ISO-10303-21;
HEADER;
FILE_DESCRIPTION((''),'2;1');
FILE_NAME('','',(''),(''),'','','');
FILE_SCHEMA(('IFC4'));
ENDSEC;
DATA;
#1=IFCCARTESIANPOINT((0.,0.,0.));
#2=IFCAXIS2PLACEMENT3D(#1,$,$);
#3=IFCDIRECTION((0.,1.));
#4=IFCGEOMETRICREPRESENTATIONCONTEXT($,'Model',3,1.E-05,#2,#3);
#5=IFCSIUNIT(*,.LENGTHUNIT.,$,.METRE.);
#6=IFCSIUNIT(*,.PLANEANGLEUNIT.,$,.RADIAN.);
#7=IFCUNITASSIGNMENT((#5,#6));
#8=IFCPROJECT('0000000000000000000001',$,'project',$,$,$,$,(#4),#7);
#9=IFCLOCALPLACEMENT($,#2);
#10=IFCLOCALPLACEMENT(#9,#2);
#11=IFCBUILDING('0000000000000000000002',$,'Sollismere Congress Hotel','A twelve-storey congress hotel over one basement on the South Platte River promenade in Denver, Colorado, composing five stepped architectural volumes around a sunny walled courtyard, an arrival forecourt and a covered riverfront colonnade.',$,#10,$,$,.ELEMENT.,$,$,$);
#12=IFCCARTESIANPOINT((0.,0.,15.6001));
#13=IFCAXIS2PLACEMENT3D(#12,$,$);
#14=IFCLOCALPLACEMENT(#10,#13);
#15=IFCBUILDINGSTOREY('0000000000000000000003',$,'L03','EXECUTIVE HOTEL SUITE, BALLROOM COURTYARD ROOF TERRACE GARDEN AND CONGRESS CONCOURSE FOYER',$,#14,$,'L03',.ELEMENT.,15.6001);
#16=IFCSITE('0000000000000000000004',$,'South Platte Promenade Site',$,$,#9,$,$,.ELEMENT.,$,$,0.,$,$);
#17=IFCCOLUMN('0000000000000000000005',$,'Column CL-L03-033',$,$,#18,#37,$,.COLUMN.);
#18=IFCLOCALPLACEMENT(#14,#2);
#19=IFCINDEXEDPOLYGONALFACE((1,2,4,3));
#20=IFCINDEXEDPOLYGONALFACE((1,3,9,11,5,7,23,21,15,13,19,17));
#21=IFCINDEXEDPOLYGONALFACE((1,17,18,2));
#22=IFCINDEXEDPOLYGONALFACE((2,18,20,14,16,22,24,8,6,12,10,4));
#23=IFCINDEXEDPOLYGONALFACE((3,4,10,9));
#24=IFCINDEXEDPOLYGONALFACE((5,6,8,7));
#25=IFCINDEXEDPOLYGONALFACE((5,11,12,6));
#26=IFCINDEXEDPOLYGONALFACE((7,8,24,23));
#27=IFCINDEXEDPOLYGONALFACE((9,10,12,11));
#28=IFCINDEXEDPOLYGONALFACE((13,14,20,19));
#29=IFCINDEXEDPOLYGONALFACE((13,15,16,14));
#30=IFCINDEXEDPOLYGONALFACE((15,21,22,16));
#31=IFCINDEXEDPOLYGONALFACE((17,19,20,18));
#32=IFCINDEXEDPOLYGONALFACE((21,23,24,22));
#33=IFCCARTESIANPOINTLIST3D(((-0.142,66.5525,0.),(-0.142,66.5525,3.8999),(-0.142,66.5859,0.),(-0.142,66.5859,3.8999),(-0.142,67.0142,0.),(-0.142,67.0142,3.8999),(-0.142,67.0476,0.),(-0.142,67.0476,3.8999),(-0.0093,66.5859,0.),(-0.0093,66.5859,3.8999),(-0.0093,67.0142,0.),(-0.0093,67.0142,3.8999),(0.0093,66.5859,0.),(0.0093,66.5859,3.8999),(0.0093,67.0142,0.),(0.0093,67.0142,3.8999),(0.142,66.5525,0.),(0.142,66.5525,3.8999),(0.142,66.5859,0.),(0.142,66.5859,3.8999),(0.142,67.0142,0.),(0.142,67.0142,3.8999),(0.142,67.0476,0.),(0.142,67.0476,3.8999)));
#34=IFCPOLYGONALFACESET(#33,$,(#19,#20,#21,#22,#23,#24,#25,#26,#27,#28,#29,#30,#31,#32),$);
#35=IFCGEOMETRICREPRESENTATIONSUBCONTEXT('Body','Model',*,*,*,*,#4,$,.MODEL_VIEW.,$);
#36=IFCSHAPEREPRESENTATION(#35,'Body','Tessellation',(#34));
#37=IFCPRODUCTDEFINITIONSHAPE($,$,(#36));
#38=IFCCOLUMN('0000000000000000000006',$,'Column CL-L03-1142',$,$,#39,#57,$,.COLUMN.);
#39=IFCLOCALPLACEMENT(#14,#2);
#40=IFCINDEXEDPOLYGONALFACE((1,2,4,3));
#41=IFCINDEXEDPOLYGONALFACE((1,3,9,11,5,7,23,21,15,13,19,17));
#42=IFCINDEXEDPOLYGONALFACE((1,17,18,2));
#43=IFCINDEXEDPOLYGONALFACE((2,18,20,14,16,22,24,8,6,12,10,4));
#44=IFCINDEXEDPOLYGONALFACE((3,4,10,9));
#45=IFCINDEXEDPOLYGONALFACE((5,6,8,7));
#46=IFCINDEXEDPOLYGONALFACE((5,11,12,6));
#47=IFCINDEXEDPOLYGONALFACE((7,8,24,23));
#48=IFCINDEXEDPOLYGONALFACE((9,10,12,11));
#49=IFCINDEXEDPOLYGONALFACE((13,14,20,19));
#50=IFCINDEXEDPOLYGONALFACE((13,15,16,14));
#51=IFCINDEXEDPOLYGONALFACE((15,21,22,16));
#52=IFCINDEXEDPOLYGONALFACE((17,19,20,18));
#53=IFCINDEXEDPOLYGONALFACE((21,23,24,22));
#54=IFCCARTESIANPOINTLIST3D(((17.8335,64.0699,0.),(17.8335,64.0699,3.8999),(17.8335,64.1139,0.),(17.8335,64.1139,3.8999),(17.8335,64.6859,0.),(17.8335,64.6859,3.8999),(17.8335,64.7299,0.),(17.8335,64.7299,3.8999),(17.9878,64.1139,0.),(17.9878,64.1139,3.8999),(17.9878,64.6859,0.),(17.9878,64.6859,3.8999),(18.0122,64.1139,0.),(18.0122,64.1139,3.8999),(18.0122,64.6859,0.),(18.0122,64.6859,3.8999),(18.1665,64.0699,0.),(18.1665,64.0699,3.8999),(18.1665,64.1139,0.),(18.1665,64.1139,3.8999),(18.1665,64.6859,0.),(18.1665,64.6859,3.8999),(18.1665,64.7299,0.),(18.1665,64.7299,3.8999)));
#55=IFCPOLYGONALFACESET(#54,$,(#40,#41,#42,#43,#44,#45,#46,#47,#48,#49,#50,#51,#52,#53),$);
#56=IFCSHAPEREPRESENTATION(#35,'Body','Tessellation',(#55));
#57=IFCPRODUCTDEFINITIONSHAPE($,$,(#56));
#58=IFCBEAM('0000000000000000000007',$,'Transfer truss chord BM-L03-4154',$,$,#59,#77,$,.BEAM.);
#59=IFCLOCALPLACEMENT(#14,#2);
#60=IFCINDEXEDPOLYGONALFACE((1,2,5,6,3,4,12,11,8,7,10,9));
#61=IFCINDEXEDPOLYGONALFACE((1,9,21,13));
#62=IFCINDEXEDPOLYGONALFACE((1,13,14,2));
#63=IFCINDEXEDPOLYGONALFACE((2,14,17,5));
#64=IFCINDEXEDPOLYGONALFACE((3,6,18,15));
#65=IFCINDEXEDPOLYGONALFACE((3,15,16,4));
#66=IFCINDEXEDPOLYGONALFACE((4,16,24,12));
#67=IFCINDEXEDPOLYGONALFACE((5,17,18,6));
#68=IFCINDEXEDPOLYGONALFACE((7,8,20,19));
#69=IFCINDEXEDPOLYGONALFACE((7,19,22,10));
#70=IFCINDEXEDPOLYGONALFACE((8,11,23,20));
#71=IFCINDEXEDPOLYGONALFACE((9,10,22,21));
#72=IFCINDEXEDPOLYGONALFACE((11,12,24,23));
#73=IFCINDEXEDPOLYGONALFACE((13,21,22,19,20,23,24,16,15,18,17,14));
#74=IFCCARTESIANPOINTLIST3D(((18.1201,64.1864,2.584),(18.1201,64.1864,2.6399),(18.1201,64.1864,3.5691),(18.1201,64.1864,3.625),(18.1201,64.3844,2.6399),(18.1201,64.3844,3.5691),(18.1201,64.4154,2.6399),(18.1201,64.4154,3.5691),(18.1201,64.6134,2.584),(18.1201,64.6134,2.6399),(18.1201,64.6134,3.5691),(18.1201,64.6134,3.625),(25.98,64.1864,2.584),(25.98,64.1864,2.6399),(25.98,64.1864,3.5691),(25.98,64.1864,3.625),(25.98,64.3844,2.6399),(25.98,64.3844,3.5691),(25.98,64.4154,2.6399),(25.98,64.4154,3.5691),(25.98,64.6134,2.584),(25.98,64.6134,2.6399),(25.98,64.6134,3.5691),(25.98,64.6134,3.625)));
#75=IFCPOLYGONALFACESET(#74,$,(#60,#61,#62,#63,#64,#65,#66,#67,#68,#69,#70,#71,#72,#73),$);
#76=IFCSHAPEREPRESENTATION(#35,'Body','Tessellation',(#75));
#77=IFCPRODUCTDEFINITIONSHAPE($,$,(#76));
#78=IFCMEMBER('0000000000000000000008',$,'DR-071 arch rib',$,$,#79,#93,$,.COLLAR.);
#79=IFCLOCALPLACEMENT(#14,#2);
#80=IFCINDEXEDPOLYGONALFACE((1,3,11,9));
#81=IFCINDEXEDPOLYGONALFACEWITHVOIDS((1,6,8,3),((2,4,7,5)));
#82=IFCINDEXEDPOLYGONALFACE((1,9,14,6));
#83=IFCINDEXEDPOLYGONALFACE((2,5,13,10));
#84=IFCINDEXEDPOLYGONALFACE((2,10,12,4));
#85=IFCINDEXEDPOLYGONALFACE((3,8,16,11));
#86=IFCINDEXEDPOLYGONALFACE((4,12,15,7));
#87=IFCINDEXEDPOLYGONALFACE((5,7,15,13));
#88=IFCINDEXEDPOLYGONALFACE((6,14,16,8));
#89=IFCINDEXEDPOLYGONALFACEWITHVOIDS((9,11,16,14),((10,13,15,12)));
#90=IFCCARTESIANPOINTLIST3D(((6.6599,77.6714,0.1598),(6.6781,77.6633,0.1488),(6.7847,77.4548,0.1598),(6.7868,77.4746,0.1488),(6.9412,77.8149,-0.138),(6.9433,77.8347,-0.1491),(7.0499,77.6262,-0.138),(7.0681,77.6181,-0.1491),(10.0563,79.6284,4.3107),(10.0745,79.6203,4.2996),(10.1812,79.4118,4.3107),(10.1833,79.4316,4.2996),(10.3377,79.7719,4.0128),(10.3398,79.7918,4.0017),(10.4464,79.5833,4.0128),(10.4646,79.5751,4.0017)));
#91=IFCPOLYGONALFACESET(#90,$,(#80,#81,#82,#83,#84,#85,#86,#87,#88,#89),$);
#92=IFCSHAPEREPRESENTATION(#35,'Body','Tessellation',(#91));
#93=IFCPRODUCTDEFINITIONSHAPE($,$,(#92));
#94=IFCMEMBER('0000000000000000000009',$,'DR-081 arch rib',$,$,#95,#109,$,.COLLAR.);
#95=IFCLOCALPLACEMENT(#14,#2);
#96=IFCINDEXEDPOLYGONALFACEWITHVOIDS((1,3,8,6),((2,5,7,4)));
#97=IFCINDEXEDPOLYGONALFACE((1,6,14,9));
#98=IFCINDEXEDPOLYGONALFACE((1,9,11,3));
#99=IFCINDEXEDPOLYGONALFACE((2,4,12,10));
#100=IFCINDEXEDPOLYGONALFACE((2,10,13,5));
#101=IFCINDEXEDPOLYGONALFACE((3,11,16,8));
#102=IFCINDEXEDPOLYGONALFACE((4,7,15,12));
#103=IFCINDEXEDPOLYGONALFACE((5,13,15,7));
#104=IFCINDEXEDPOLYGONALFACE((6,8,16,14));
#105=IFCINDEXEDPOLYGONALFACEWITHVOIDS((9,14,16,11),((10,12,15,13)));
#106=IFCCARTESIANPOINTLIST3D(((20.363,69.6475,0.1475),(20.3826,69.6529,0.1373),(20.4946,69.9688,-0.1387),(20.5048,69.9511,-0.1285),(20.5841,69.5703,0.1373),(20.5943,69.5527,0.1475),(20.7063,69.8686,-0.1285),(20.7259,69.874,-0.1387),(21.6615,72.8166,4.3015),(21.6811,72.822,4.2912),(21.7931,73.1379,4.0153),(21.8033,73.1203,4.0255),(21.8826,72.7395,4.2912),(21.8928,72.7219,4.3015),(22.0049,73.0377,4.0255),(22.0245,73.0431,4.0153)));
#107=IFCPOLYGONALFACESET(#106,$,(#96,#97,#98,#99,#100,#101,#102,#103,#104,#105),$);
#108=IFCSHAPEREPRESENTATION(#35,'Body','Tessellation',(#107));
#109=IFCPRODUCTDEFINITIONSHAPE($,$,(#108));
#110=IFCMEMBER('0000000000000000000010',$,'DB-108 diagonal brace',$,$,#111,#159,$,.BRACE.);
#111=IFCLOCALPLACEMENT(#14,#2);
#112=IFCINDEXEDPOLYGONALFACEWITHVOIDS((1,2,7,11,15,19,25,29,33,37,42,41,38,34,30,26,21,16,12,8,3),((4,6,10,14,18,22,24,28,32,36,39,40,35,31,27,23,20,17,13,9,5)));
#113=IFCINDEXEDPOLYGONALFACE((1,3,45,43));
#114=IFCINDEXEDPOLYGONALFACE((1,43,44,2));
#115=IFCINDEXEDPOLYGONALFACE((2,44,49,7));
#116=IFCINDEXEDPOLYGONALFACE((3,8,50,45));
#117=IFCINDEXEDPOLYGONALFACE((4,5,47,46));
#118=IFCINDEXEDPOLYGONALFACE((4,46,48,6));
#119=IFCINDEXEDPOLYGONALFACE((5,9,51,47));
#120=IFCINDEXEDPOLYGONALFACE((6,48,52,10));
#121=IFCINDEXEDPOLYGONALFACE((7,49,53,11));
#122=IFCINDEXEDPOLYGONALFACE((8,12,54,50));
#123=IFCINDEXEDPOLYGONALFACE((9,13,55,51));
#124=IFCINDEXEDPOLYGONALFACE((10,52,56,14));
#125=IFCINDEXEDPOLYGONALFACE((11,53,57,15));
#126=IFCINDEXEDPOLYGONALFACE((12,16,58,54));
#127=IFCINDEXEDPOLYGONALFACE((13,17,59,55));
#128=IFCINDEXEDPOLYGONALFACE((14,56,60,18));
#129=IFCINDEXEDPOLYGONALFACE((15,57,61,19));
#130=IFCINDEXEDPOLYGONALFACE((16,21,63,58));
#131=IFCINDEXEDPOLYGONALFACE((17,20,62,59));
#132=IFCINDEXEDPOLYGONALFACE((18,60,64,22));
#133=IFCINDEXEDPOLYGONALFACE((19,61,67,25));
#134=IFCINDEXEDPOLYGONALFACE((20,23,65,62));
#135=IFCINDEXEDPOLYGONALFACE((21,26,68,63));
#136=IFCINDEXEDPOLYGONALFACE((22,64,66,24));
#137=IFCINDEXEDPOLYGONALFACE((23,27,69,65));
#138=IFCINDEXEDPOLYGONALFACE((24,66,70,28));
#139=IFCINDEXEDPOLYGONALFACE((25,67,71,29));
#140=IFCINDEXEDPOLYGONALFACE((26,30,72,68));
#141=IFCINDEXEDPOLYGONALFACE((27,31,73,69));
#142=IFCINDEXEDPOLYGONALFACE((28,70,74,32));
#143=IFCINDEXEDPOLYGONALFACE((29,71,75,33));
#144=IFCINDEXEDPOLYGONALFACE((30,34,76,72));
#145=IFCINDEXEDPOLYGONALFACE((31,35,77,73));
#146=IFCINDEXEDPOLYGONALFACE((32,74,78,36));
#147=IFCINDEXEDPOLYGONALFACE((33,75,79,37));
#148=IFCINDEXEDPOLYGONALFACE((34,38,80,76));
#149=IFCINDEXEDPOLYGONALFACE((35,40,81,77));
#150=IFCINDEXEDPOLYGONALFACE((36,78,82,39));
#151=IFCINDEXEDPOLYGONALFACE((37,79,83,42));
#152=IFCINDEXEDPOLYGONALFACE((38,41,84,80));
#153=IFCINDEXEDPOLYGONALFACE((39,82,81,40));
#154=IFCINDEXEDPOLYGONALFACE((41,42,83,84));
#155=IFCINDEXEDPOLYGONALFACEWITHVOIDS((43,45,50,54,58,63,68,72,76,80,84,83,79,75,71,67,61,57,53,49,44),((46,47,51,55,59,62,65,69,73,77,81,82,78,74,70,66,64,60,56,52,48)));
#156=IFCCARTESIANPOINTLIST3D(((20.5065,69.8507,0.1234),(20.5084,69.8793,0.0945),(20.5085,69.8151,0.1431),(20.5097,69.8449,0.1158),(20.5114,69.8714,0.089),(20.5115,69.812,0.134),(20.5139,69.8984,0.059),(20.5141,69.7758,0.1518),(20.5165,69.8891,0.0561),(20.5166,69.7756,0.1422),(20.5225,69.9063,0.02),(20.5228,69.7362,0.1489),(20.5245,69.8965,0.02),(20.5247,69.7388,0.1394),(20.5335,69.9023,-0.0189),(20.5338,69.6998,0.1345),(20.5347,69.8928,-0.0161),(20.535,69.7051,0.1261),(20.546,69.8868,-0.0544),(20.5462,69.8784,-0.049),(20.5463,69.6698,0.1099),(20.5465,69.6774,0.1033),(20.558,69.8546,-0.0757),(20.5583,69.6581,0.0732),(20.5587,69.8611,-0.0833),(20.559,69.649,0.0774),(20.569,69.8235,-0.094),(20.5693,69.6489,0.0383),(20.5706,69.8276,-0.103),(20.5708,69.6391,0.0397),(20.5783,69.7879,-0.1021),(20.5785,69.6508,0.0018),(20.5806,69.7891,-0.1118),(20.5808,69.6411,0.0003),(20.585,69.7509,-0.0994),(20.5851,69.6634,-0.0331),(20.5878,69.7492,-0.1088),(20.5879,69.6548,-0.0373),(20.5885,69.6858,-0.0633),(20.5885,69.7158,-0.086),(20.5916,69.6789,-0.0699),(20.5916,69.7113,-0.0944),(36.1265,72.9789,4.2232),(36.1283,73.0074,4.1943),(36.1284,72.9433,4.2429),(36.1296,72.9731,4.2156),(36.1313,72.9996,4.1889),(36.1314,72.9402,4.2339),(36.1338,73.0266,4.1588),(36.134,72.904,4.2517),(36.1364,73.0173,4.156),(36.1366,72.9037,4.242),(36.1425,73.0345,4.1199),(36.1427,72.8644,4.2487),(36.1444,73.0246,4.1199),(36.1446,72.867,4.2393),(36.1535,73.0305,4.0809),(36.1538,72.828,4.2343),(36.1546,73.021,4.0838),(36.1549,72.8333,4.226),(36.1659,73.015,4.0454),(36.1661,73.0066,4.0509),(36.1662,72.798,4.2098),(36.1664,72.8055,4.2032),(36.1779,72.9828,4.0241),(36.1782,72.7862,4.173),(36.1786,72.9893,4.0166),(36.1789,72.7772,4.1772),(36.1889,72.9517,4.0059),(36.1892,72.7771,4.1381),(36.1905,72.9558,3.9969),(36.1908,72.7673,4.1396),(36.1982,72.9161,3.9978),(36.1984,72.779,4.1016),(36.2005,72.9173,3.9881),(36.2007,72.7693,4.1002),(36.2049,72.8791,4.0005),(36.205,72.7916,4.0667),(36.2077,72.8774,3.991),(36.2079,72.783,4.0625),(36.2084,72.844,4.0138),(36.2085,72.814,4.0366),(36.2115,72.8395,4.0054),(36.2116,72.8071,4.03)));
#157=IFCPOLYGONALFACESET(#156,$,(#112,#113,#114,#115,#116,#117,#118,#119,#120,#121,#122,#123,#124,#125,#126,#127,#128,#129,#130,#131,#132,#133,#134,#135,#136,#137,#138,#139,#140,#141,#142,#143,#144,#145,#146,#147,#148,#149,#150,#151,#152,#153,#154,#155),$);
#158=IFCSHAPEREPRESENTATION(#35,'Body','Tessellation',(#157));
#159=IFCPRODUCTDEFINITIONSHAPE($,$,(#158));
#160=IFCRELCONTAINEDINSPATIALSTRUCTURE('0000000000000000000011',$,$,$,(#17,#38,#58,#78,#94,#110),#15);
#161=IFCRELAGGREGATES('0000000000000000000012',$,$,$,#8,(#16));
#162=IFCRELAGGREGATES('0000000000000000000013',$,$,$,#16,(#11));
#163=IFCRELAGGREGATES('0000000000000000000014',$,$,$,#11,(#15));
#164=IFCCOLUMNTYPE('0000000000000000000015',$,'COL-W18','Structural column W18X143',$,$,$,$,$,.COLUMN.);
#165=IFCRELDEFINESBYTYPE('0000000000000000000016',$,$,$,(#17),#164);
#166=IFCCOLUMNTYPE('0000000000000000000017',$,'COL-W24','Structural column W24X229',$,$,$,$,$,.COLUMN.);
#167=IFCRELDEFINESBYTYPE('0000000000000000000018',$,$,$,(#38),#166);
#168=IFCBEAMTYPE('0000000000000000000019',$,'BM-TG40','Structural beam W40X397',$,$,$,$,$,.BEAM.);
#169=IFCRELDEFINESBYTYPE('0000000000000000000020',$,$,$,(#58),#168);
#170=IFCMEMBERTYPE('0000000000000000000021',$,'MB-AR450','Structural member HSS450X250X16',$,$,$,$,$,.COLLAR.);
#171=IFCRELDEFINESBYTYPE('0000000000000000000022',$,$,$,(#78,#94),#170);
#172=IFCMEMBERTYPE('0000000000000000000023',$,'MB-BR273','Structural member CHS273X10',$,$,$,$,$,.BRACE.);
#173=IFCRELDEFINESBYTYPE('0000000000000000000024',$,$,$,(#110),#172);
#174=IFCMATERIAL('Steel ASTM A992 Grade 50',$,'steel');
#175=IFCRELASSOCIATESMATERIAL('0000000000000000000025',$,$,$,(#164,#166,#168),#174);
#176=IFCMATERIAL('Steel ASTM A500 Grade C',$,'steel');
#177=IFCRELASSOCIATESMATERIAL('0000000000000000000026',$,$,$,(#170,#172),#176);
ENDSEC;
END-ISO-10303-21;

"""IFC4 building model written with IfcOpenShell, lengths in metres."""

from ifc_helpers import new_model, si_unit, direction, frame, origin, origin_2d, place, context, subcontext, project, spatial, hollow_rectangle, hollow_circle, i_section, extrude, material, material_profile, profile_set, type_object, element, save


model = new_model("IFC4")

# Units and contexts
model_context = context("Model", 3, precision=1e-05, world=origin(), true_north=direction((0.0, 1.0)))
body_context = subcontext(model_context, "Body", "Model", "MODEL_VIEW")
ifc_project = project(units=[si_unit("LENGTHUNIT", "METRE"), si_unit("PLANEANGLEUNIT", "RADIAN")], contexts=[model_context])

# Site, building, storey
site_placement = place(None, origin())
site = spatial("IfcSite", under=ifc_project, at=site_placement, Name="South Platte Promenade Site", CompositionType="ELEMENT", RefElevation=0.0)
building_placement = place(site_placement, origin())
building = spatial("IfcBuilding", under=site, at=building_placement, Name="Sollismere Congress Hotel", Description="A twelve-storey congress hotel over one basement on the South Platte River promenade in Denver, Colorado, composing five stepped architectural volumes around a sunny walled courtyard, an arrival forecourt and a covered riverfront colonnade.", CompositionType="ELEMENT")
storey_placement = place(building_placement, frame((0.0, 0.0, 15.6001)))
storey = spatial("IfcBuildingStorey", under=building, at=storey_placement, Name="L03", Description="EXECUTIVE HOTEL SUITE, BALLROOM COURTYARD ROOF TERRACE GARDEN AND CONGRESS CONCOURSE FOYER", LongName="L03", CompositionType="ELEMENT", Elevation=15.6001)

# Columns
ifc_material_1 = material(Name="Steel ASTM A992 Grade 50", Category="steel")
ifc_material_profile_1 = material_profile(ifc_material_1, i_section(OverallWidth=0.2839, OverallDepth=0.4951, WebThickness=0.0186, FlangeThickness=0.0334, at=origin_2d()), Name="W18X143")
ifc_profile_set_1 = profile_set([ifc_material_profile_1], Name="Steel ASTM A992 Grade 50")
column_type_1 = type_object("IfcColumnType", Name="COL-W18", Description="Structural column W18X143", PredefinedType="COLUMN", material=ifc_profile_set_1)
column_1_placement = place(storey_placement, frame((0.0, 66.8, 0.0), z_axis=(0.0, 0.0, 1.0), x_axis=(1.0, 0.0, 0.0)))
element("IfcColumn", 1, at=column_1_placement, inside=storey, type_object=column_type_1, Name="Column CL-L03-033", PredefinedType="COLUMN", context=body_context, shape_type="SweptSolid", body=[
    extrude(i_section(OverallWidth=0.2839, OverallDepth=0.4951, WebThickness=0.0186, FlangeThickness=0.0334, at=origin_2d()), origin(), (0.0, 0.0, 1.0), 3.8999),
])
ifc_material_profile_2 = material_profile(ifc_material_1, i_section(OverallWidth=0.333, OverallDepth=0.6599, WebThickness=0.0244, FlangeThickness=0.0439, at=origin_2d()), Name="W24X229")
ifc_profile_set_2 = profile_set([ifc_material_profile_2], Name="Steel ASTM A992 Grade 50")
column_type_2 = type_object("IfcColumnType", Name="COL-W24", Description="Structural column W24X229", PredefinedType="COLUMN", material=ifc_profile_set_2)
column_2_placement = place(storey_placement, frame((18.0, 64.3999, 0.0), z_axis=(0.0, 0.0, 1.0), x_axis=(1.0, 0.0, 0.0)))
element("IfcColumn", 2, at=column_2_placement, inside=storey, type_object=column_type_2, Name="Column CL-L03-1142", PredefinedType="COLUMN", context=body_context, shape_type="SweptSolid", body=[
    extrude(i_section(OverallWidth=0.333, OverallDepth=0.6599, WebThickness=0.0244, FlangeThickness=0.0439, at=origin_2d()), origin(), (0.0, 0.0, 1.0), 3.8999),
])

# Beam
ifc_material_profile_3 = material_profile(ifc_material_1, i_section(OverallWidth=0.427, OverallDepth=1.041, WebThickness=0.031, FlangeThickness=0.0559, at=origin_2d()), Name="W40X397")
ifc_profile_set_3 = profile_set([ifc_material_profile_3], Name="Steel ASTM A992 Grade 50")
beam_type = type_object("IfcBeamType", Name="BM-TG40", Description="Structural beam W40X397", PredefinedType="BEAM", material=ifc_profile_set_3)
beam_placement = place(storey_placement, frame((18.1201, 64.3999, 3.1045), z_axis=(1.0, 0.0, 0.0), x_axis=(0.0, 1.0, 0.0)))
element("IfcBeam", 3, at=beam_placement, inside=storey, type_object=beam_type, Name="Transfer truss chord BM-L03-4154", PredefinedType="BEAM", context=body_context, shape_type="SweptSolid", body=[
    extrude(i_section(OverallWidth=0.427, OverallDepth=1.041, WebThickness=0.031, FlangeThickness=0.0559, at=origin_2d()), origin(), (0.0, 0.0, 1.0), 7.8599),
])

# Members
ifc_material_2 = material(Name="Steel ASTM A500 Grade C", Category="steel")
ifc_material_profile_4 = material_profile(ifc_material_2, hollow_rectangle(XDim=0.25, YDim=0.45, WallThickness=0.0161, at=origin_2d()), Name="HSS450X250X16")
ifc_profile_set_4 = profile_set([ifc_material_profile_4], Name="Steel ASTM A500 Grade C")
member_type_1 = type_object("IfcMemberType", Name="MB-AR450", Description="Structural member HSS450X250X16", PredefinedType="COLLAR", material=ifc_profile_set_4)
member_1_placement = place(storey_placement, frame((6.864, 77.6448, 0.0054), z_axis=(0.594906, 0.342781, 0.727041), x_axis=(-0.499248, 0.866459, 0.0)))
element("IfcMember", 4, at=member_1_placement, inside=storey, type_object=member_type_1, Name="DR-071 arch rib", PredefinedType="COLLAR", context=body_context, shape_type="SweptSolid", body=[
    extrude(hollow_rectangle(XDim=0.25, YDim=0.45, WallThickness=0.0161, at=origin_2d()), origin(), (0.0, 0.0, 1.0), 5.7092),
])
member_2_placement = place(storey_placement, frame((20.5444, 69.7607, 0.0044), z_axis=(0.241198, 0.588643, 0.771571), x_axis=(-0.925332, 0.379157, 0.0)))
element("IfcMember", 5, at=member_2_placement, inside=storey, type_object=member_type_1, Name="DR-081 arch rib", PredefinedType="COLLAR", context=body_context, shape_type="SweptSolid", body=[
    extrude(hollow_rectangle(XDim=0.25, YDim=0.45, WallThickness=0.0161, at=origin_2d()), origin(), (0.0, 0.0, 1.0), 5.3838),
])
ifc_material_profile_5 = material_profile(ifc_material_2, hollow_circle(Radius=0.1365, WallThickness=0.01, at=origin_2d()), Name="CHS273X10")
ifc_profile_set_5 = profile_set([ifc_material_profile_5], Name="Steel ASTM A500 Grade C")
member_type_2 = type_object("IfcMemberType", Name="MB-BR273", Description="Structural member CHS273X10", PredefinedType="BRACE", material=ifc_profile_set_5)
member_3_placement = place(storey_placement, frame((20.5493, 69.7725, 0.02), z_axis=(0.949585, 0.190172, 0.249244), x_axis=(-0.19637, 0.98053, 0.0)))
element("IfcMember", 6, at=member_3_placement, inside=storey, type_object=member_type_2, Name="DB-108 diagonal brace", PredefinedType="BRACE", context=body_context, shape_type="SweptSolid", body=[
    extrude(hollow_circle(Radius=0.1365, WallThickness=0.01, at=origin_2d()), origin(), (0.0, 0.0, 1.0), 16.4492),
])

save(model, "model.ifc")
